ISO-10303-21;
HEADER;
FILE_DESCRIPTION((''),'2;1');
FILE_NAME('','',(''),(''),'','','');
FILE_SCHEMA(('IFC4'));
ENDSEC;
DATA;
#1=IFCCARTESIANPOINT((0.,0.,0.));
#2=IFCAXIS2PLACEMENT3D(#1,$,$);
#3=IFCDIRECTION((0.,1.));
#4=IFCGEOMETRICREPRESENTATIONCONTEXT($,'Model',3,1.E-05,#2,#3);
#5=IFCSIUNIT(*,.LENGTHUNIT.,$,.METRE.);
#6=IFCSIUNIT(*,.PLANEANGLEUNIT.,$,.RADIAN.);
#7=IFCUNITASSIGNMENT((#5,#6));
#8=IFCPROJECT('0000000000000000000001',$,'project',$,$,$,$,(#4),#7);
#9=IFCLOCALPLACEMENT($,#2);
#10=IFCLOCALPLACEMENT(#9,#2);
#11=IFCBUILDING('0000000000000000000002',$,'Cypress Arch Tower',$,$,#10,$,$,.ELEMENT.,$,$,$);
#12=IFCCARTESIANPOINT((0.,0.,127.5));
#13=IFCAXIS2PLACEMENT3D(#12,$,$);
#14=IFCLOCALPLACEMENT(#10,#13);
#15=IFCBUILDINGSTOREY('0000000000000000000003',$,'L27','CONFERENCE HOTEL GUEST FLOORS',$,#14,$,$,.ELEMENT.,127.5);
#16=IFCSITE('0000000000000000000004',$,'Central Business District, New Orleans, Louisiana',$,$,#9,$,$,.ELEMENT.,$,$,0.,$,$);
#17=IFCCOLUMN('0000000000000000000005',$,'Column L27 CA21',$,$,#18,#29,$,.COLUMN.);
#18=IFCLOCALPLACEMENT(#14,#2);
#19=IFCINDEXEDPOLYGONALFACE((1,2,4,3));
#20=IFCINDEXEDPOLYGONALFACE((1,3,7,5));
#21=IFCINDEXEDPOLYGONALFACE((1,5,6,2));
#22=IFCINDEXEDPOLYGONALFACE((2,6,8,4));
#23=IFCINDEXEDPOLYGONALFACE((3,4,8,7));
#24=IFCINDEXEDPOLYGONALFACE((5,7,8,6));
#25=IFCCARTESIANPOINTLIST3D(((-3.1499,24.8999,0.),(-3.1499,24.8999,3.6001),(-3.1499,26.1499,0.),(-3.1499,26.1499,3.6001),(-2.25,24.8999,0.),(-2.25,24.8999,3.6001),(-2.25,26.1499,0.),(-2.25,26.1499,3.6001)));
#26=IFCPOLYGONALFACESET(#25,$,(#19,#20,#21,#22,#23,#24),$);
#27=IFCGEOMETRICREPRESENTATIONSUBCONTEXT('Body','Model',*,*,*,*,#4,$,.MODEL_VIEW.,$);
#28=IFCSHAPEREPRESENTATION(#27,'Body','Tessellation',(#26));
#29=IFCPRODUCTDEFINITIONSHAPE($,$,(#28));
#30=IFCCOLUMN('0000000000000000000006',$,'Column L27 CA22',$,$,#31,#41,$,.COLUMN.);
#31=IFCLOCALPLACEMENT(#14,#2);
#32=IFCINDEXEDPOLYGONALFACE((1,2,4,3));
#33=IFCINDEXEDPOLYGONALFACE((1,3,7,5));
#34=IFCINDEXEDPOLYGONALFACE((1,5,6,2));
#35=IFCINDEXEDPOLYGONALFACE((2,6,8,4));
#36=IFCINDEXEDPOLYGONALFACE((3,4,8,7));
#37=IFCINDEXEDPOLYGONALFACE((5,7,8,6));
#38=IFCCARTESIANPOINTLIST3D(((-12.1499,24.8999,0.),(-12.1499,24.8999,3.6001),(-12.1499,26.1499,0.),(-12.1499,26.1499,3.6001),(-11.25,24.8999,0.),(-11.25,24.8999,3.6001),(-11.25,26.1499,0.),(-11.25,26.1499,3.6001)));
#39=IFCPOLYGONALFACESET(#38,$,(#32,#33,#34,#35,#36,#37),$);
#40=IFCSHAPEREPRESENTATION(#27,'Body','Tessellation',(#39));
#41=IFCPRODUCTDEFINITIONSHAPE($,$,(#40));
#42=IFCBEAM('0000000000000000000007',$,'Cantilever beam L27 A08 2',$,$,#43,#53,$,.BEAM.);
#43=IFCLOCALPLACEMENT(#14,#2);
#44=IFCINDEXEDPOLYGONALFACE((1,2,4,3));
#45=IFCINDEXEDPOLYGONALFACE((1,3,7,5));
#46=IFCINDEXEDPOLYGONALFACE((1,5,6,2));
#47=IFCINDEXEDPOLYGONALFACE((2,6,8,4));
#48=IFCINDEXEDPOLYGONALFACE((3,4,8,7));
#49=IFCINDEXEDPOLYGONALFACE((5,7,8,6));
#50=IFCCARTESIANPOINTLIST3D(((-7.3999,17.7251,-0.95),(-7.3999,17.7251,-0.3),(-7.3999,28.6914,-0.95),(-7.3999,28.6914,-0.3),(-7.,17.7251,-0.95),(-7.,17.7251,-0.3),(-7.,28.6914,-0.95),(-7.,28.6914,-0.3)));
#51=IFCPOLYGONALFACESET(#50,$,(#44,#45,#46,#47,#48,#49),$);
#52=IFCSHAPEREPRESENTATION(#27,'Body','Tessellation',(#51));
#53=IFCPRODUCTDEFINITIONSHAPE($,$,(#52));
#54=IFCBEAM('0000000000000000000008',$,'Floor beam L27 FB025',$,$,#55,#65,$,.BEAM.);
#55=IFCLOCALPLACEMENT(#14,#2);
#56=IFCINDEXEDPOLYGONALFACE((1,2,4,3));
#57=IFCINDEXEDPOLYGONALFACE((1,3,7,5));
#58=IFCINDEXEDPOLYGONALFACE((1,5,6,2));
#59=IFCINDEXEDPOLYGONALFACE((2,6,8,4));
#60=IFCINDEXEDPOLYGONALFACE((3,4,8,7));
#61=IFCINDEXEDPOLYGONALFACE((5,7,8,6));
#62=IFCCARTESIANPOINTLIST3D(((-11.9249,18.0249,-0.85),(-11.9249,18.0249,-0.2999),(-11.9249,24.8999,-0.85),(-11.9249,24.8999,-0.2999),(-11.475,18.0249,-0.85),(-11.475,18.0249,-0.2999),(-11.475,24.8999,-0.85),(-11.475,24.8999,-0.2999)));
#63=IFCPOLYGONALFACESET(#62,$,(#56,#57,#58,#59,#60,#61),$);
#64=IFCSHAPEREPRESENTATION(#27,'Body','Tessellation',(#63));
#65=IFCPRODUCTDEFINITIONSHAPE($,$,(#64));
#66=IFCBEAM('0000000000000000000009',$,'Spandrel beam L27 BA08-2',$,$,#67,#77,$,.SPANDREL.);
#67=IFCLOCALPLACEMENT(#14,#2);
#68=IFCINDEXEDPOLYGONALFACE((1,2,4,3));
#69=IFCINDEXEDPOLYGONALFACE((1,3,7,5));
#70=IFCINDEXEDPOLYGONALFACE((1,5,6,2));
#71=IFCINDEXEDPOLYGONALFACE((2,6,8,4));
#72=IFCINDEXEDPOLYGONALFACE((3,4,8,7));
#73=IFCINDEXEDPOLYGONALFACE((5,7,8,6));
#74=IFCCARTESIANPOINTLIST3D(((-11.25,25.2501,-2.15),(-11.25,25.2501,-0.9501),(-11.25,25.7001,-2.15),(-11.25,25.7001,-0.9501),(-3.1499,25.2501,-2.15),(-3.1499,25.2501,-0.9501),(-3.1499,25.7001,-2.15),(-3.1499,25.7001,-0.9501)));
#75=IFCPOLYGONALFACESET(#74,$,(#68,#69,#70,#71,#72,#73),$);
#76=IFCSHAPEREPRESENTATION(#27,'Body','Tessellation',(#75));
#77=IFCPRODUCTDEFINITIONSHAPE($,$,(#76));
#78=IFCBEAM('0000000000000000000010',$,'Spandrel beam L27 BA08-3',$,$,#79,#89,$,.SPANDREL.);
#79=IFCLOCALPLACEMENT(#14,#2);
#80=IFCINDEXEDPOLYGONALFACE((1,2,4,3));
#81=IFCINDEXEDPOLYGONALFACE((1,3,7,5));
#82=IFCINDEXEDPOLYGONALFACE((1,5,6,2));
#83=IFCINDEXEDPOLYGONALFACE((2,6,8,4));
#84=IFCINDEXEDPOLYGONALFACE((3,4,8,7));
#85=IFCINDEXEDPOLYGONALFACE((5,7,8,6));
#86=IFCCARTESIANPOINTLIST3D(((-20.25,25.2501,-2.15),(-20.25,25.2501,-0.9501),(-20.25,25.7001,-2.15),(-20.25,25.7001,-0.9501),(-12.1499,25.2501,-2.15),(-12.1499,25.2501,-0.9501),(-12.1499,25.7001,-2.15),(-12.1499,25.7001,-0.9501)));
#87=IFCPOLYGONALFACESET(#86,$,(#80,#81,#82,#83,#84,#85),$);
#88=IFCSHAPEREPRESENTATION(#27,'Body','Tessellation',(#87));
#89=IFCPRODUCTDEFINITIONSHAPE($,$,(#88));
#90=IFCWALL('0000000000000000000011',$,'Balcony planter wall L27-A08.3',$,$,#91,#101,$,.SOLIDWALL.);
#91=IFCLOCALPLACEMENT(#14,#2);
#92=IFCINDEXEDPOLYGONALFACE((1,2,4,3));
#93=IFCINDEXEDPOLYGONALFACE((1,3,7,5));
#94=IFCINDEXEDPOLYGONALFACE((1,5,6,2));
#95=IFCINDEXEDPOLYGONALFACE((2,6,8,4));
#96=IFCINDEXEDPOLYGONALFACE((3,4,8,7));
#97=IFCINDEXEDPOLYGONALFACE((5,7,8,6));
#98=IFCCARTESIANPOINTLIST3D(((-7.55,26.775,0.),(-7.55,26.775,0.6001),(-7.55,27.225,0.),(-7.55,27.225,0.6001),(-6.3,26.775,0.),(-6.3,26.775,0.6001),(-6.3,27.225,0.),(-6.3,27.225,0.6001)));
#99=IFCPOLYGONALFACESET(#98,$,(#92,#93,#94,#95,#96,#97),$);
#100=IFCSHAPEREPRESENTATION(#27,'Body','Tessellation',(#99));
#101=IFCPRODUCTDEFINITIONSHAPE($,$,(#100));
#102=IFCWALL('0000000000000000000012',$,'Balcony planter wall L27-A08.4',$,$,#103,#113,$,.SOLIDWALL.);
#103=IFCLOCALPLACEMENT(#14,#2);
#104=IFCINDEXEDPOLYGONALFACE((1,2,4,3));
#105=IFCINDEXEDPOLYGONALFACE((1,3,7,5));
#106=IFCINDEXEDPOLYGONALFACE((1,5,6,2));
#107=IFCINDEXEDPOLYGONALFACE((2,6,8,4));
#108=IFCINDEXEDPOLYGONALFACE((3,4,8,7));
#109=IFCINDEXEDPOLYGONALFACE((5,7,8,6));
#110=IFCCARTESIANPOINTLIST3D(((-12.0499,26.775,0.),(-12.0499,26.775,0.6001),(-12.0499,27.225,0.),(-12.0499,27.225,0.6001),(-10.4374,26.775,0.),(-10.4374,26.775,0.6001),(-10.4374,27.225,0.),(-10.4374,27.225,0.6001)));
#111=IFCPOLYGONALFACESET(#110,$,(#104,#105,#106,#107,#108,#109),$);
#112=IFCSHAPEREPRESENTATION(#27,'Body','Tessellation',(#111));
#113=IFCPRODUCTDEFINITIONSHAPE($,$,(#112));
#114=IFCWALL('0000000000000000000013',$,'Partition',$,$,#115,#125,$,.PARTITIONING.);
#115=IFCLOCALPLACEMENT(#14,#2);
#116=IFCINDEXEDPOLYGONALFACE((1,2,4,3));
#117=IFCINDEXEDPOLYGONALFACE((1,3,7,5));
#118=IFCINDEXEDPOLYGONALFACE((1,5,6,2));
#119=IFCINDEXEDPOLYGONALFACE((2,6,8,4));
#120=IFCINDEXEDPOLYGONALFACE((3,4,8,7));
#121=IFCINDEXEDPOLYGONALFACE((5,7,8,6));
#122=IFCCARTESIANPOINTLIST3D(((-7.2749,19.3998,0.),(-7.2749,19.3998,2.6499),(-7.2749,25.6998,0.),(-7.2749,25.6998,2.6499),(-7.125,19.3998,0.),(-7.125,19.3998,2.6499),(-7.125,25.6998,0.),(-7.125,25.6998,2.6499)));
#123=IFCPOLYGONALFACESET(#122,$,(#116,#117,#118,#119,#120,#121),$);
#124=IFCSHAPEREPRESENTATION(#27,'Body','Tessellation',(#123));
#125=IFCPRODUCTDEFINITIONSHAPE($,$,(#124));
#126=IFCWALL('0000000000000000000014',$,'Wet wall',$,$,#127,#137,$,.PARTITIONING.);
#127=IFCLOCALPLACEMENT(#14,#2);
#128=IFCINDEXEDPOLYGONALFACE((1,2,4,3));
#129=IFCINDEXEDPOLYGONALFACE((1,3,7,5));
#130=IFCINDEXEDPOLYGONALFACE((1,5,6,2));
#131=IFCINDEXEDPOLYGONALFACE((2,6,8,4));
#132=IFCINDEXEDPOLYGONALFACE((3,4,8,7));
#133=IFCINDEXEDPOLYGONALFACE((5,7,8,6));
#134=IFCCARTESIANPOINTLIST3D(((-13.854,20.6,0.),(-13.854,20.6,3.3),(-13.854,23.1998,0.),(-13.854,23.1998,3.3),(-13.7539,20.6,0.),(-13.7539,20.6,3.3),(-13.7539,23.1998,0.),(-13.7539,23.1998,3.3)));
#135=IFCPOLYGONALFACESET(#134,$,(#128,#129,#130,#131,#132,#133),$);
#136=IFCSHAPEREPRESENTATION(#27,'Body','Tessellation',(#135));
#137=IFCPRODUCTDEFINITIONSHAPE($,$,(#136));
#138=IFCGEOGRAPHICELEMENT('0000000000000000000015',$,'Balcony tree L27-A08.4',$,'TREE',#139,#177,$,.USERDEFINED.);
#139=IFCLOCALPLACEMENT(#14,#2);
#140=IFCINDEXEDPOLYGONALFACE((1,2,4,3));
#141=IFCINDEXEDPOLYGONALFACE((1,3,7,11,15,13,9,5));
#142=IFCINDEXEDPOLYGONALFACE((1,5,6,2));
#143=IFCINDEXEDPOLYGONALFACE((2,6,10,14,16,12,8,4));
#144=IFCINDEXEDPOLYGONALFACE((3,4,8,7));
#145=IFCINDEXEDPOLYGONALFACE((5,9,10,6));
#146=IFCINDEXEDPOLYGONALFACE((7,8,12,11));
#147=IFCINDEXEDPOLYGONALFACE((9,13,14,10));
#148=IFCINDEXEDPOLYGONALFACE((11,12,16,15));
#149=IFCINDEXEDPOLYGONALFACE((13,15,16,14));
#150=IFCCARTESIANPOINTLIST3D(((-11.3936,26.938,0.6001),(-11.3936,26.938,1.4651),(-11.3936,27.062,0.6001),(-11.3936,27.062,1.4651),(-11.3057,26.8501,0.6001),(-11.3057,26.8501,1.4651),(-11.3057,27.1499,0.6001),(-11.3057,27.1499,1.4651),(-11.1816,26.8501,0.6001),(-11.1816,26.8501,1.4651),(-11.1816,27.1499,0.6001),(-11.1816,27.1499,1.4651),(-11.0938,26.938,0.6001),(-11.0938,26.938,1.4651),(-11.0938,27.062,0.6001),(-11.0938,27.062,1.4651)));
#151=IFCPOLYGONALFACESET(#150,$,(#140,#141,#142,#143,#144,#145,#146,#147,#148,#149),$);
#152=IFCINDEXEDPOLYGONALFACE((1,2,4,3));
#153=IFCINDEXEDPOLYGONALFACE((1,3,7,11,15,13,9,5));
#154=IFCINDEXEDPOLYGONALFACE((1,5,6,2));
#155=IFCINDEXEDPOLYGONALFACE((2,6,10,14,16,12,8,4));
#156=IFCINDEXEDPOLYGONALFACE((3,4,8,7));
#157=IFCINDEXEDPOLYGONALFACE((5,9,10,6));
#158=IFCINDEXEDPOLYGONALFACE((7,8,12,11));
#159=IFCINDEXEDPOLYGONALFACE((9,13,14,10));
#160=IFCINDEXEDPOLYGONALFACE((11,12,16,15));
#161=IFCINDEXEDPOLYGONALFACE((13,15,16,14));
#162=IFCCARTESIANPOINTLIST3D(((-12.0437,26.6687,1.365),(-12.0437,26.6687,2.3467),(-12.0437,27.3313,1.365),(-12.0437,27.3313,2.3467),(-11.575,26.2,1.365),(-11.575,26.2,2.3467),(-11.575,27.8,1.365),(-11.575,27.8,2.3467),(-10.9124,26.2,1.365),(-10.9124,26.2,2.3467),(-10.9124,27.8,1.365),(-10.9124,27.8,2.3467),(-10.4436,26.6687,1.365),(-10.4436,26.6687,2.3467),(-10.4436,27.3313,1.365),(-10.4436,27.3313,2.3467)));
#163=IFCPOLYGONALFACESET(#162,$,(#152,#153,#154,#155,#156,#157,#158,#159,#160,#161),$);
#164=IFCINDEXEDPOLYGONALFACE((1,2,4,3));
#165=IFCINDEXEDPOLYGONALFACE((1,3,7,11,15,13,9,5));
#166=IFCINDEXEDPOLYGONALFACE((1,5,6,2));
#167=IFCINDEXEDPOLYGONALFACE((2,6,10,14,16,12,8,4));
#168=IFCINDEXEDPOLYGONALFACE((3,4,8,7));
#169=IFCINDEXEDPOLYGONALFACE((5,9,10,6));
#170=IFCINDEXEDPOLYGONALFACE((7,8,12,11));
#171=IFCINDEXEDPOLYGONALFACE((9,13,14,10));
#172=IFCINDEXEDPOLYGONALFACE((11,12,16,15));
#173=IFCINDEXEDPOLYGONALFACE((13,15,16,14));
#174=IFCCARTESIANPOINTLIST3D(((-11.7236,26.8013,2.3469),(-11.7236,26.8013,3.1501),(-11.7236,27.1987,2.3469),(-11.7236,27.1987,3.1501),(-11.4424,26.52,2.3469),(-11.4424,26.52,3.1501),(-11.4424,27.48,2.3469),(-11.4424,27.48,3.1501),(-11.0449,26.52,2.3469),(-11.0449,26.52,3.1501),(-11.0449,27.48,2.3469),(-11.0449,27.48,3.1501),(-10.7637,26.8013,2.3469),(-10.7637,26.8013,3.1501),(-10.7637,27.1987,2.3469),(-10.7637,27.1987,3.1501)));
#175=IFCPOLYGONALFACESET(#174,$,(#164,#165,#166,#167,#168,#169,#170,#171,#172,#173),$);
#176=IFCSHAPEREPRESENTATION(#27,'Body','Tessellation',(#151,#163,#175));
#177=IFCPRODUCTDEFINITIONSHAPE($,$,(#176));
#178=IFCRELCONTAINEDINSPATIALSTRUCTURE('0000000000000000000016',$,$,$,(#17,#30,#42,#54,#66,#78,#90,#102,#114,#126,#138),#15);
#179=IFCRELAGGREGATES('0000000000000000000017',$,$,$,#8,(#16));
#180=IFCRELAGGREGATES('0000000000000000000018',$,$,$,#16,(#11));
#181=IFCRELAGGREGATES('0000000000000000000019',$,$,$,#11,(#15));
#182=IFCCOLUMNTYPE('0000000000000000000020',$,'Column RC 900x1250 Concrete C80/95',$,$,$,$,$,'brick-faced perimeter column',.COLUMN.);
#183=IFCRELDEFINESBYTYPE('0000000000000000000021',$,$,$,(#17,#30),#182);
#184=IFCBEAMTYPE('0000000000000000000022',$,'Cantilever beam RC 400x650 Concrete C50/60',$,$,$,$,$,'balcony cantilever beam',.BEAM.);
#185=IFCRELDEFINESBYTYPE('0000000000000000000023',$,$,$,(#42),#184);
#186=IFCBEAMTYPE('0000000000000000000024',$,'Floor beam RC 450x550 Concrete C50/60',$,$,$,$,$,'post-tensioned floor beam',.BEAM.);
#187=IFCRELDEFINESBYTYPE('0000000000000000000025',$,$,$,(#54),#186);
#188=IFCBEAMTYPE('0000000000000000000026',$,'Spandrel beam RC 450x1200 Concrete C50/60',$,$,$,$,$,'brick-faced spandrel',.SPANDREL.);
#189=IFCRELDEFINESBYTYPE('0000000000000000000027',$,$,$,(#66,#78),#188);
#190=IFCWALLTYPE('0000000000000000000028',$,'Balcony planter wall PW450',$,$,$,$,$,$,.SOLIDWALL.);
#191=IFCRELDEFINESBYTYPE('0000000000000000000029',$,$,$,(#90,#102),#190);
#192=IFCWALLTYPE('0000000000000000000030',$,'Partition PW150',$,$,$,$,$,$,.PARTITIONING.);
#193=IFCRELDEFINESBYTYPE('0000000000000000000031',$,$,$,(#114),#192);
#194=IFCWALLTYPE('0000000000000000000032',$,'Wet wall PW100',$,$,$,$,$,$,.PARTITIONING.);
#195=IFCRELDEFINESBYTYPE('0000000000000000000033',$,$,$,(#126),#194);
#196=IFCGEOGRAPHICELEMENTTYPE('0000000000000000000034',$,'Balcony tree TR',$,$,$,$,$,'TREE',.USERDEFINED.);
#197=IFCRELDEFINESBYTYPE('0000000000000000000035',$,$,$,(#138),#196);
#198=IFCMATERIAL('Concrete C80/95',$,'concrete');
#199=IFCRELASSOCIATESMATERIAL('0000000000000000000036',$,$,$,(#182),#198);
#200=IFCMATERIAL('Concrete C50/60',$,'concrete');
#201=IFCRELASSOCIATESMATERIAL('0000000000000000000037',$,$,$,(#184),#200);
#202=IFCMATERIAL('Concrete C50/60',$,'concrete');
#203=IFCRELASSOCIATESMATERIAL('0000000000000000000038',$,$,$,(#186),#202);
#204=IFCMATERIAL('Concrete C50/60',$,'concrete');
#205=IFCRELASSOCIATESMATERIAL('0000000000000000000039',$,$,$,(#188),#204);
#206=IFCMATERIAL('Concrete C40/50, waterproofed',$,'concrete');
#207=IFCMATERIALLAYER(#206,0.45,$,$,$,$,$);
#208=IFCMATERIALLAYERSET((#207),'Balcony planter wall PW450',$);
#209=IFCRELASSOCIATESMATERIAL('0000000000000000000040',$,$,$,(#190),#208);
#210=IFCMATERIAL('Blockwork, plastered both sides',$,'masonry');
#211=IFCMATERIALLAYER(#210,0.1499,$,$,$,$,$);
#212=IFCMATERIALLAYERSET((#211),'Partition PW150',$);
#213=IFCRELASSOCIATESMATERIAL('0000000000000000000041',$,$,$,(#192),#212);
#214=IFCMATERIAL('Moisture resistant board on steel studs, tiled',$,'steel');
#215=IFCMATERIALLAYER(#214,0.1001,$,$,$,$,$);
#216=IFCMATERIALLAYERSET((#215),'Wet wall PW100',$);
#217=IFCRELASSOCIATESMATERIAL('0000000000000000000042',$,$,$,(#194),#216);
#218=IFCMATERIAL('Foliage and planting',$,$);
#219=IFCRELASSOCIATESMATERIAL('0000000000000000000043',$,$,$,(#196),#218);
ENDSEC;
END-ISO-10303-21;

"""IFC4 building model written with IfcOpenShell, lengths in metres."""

from ifc_helpers import new_model, si_unit, direction, frame, frame_2d, origin, origin_2d, place, context, subcontext, project, spatial, polyline, rectangle, outline, extrude, material, layer, layer_set, material_profile, profile_set, type_object, element, save


model = new_model("IFC4")

# Units and contexts
model_context = context("Model", 3, precision=1e-05, world=origin(), true_north=direction((0.0, 1.0)))
body_context = subcontext(model_context, "Body", "Model", "MODEL_VIEW")
ifc_project = project(units=[si_unit("LENGTHUNIT", "METRE"), si_unit("PLANEANGLEUNIT", "RADIAN")], contexts=[model_context])

# Site, building, storey
site_placement = place(None, origin())
site = spatial("IfcSite", under=ifc_project, at=site_placement, Name="Central Business District, New Orleans, Louisiana", CompositionType="ELEMENT", RefElevation=0.0)
building_placement = place(site_placement, origin())
building = spatial("IfcBuilding", under=site, at=building_placement, Name="Cypress Arch Tower", CompositionType="ELEMENT")
storey_placement = place(building_placement, frame((0.0, 0.0, 127.5)))
storey = spatial("IfcBuildingStorey", under=building, at=storey_placement, Name="L27", Description="CONFERENCE HOTEL GUEST FLOORS", CompositionType="ELEMENT", Elevation=127.5)

# Columns
ifc_material_1 = material(Name="Concrete C80/95", Category="concrete")
ifc_material_profile_1 = material_profile(ifc_material_1, rectangle(XDim=0.8999, YDim=1.25, at=origin_2d()), Name="RC 900x1250")
ifc_profile_set_1 = profile_set([ifc_material_profile_1], Name="Concrete C80/95")
column_type = type_object("IfcColumnType", Name="Column RC 900x1250 Concrete C80/95", ElementType="brick-faced perimeter column", PredefinedType="COLUMN", material=ifc_profile_set_1)
for number, where, z_axis, x_axis, name in (
    (1, (-2.7, 25.5249, 0.0), (0.0, 0.0, 1.0), (-1.0, 0.0, 0.0), "Column L27 CA21"),
    (2, (-11.7, 25.5249, 0.0), (0.0, 0.0, 1.0), (-1.0, 0.0, 0.0), "Column L27 CA22"),
):
    element("IfcColumn", number, at=place(storey_placement, frame(where, z_axis=z_axis, x_axis=x_axis)), inside=storey, type_object=column_type, Name=name, PredefinedType="COLUMN", context=body_context, shape_type="SweptSolid", body=[
        extrude(rectangle(XDim=0.8999, YDim=1.25, at=origin_2d()), origin(), (0.0, 0.0, 1.0), 3.6001),
    ])

# Beams
ifc_material_2 = material(Name="Concrete C50/60", Category="concrete")
ifc_material_profile_2 = material_profile(ifc_material_2, rectangle(XDim=0.3999, YDim=0.6499, at=origin_2d()), Name="RC 400x650")
ifc_profile_set_2 = profile_set([ifc_material_profile_2], Name="Concrete C50/60")
beam_type_1 = type_object("IfcBeamType", Name="Cantilever beam RC 400x650 Concrete C50/60", ElementType="balcony cantilever beam", PredefinedType="BEAM", material=ifc_profile_set_2)
beam_1_placement = place(storey_placement, frame((-7.2, 17.7251, -0.625), z_axis=(0.0, 1.0, 0.0), x_axis=(-1.0, 0.0, 0.0)))
element("IfcBeam", 3, at=beam_1_placement, inside=storey, type_object=beam_type_1, Name="Cantilever beam L27 A08 2", PredefinedType="BEAM", context=body_context, shape_type="SweptSolid", body=[
    extrude(rectangle(XDim=0.3999, YDim=0.6499, at=origin_2d()), origin(), (0.0, 0.0, 1.0), 10.9663),
])
ifc_material_3 = material(Name="Concrete C50/60", Category="concrete")
ifc_material_profile_3 = material_profile(ifc_material_3, rectangle(XDim=0.45, YDim=0.55, at=origin_2d()), Name="RC 450x550")
ifc_profile_set_3 = profile_set([ifc_material_profile_3], Name="Concrete C50/60")
beam_type_2 = type_object("IfcBeamType", Name="Floor beam RC 450x550 Concrete C50/60", ElementType="post-tensioned floor beam", PredefinedType="BEAM", material=ifc_profile_set_3)
beam_2_placement = place(storey_placement, frame((-11.7, 18.0249, -0.575), z_axis=(0.0, 1.0, 0.0), x_axis=(-1.0, 0.0, 0.0)))
element("IfcBeam", 4, at=beam_2_placement, inside=storey, type_object=beam_type_2, Name="Floor beam L27 FB025", PredefinedType="BEAM", context=body_context, shape_type="SweptSolid", body=[
    extrude(rectangle(XDim=0.45, YDim=0.55, at=origin_2d()), origin(), (0.0, 0.0, 1.0), 6.875),
])
ifc_material_4 = material(Name="Concrete C50/60", Category="concrete")
ifc_material_profile_4 = material_profile(ifc_material_4, rectangle(XDim=0.45, YDim=1.2, at=origin_2d()), Name="RC 450x1200")
ifc_profile_set_4 = profile_set([ifc_material_profile_4], Name="Concrete C50/60")
beam_type_3 = type_object("IfcBeamType", Name="Spandrel beam RC 450x1200 Concrete C50/60", ElementType="brick-faced spandrel", PredefinedType="SPANDREL", material=ifc_profile_set_4)
for number, where, z_axis, x_axis, name in (
    (5, (-3.1499, 25.4751, -1.55), (-1.0, 0.0, 0.0), (0.0, -1.0, 0.0), "Spandrel beam L27 BA08-2"),
    (6, (-12.1499, 25.4751, -1.55), (-1.0, 0.0, 0.0), (0.0, -1.0, 0.0), "Spandrel beam L27 BA08-3"),
):
    element("IfcBeam", number, at=place(storey_placement, frame(where, z_axis=z_axis, x_axis=x_axis)), inside=storey, type_object=beam_type_3, Name=name, PredefinedType="SPANDREL", context=body_context, shape_type="SweptSolid", body=[
        extrude(rectangle(XDim=0.45, YDim=1.2, at=origin_2d()), origin(), (0.0, 0.0, 1.0), 8.1001),
    ])

# Walls
ifc_material_5 = material(Name="Concrete C40/50, waterproofed", Category="concrete")
ifc_layer_1 = layer(ifc_material_5, 0.45)
ifc_layer_set_1 = layer_set([ifc_layer_1], Name="Balcony planter wall PW450")
wall_type_1 = type_object("IfcWallType", Name="Balcony planter wall PW450", PredefinedType="SOLIDWALL", material=ifc_layer_set_1)
wall_1_placement = place(storey_placement, frame((-6.3, 27.0, 0.0), z_axis=(0.0, 0.0, 1.0), x_axis=(-1.0, 0.0, 0.0)))
element("IfcWall", 7, at=wall_1_placement, inside=storey, type_object=wall_type_1, Name="Balcony planter wall L27-A08.3", PredefinedType="SOLIDWALL", context=body_context, shape_type="SweptSolid", body=[
    extrude(rectangle(XDim=1.25, YDim=0.45, at=frame_2d((0.625, 0.0))), origin(), (0.0, 0.0, 1.0), 0.6001),
])
wall_2_placement = place(storey_placement, frame((-10.4375, 27.0, 0.0), z_axis=(0.0, 0.0, 1.0), x_axis=(-1.0, 0.0, 0.0)))
element("IfcWall", 8, at=wall_2_placement, inside=storey, type_object=wall_type_1, Name="Balcony planter wall L27-A08.4", PredefinedType="SOLIDWALL", context=body_context, shape_type="SweptSolid", body=[
    extrude(rectangle(XDim=1.6125, YDim=0.45, at=frame_2d((0.8062, 0.0))), origin(), (0.0, 0.0, 1.0), 0.6001),
])

# Walls
ifc_material_6 = material(Name="Blockwork, plastered both sides", Category="masonry")
ifc_layer_2 = layer(ifc_material_6, 0.1499)
ifc_layer_set_2 = layer_set([ifc_layer_2], Name="Partition PW150")
wall_type_2 = type_object("IfcWallType", Name="Partition PW150", PredefinedType="PARTITIONING", material=ifc_layer_set_2)
wall_3_placement = place(storey_placement, frame((-7.2, 19.3999, 0.0), z_axis=(0.0, 0.0, 1.0), x_axis=(0.0, 1.0, 0.0)))
element("IfcWall", 9, at=wall_3_placement, inside=storey, type_object=wall_type_2, Name="Partition", PredefinedType="PARTITIONING", context=body_context, shape_type="SweptSolid", body=[
    extrude(rectangle(XDim=6.3, YDim=0.1499, at=frame_2d((3.1499, 0.0))), origin(), (0.0, 0.0, 1.0), 2.6499),
])
ifc_material_7 = material(Name="Moisture resistant board on steel studs, tiled", Category="steel")
ifc_layer_3 = layer(ifc_material_7, 0.1001)
ifc_layer_set_3 = layer_set([ifc_layer_3], Name="Wet wall PW100")
wall_type_3 = type_object("IfcWallType", Name="Wet wall PW100", PredefinedType="PARTITIONING", material=ifc_layer_set_3)
wall_4_placement = place(storey_placement, frame((-13.804, 20.6001, 0.0), z_axis=(0.0, 0.0, 1.0), x_axis=(0.0, 1.0, 0.0)))
element("IfcWall", 10, at=wall_4_placement, inside=storey, type_object=wall_type_3, Name="Wet wall", PredefinedType="PARTITIONING", context=body_context, shape_type="SweptSolid", body=[
    extrude(rectangle(XDim=2.5999, YDim=0.1001, at=frame_2d((1.2998, 0.0))), origin(), (0.0, 0.0, 1.0), 3.3),
])

# Geographic element
ifc_material_8 = material(Name="Foliage and planting")
geographic_element_type = type_object("IfcGeographicElementType", Name="Balcony tree TR", ElementType="TREE", PredefinedType="USERDEFINED", material=ifc_material_8)
geographic_element_placement = place(storey_placement, frame((-11.2437, 27.0, 0.6001), z_axis=(0.0, 0.0, 1.0), x_axis=(1.0, 0.0, 0.0)))
element("IfcGeographicElement", 11, at=geographic_element_placement, inside=storey, type_object=geographic_element_type, Name="Balcony tree L27-A08.4", ObjectType="TREE", PredefinedType="USERDEFINED", context=body_context, shape_type="SweptSolid", body=[
    extrude(outline(polyline([(0.1499, 0.062), (0.062, 0.1499), (-0.062, 0.1499), (-0.1499, 0.062), (-0.1499, -0.062), (-0.062, -0.1499), (0.062, -0.1499), (0.1499, -0.062), (0.1499, 0.062)])), origin(), (0.0, 0.0, 1.0), 0.865),
    extrude(outline(polyline([(0.8, 0.3313), (0.3313, 0.8), (-0.3313, 0.8), (-0.8, 0.3313), (-0.8, -0.3313), (-0.3313, -0.8), (0.3313, -0.8), (0.8, -0.3313), (0.8, 0.3313)])), frame((0.0, 0.0, 0.7649)), (0.0, 0.0, 1.0), 0.9817),
    extrude(outline(polyline([(0.48, 0.1987), (0.1987, 0.48), (-0.1987, 0.48), (-0.48, 0.1987), (-0.48, -0.1987), (-0.1987, -0.48), (0.1987, -0.48), (0.48, -0.1987), (0.48, 0.1987)])), frame((0.0, 0.0, 1.7468)), (0.0, 0.0, 1.0), 0.8032),
])

save(model, "model.ifc")
